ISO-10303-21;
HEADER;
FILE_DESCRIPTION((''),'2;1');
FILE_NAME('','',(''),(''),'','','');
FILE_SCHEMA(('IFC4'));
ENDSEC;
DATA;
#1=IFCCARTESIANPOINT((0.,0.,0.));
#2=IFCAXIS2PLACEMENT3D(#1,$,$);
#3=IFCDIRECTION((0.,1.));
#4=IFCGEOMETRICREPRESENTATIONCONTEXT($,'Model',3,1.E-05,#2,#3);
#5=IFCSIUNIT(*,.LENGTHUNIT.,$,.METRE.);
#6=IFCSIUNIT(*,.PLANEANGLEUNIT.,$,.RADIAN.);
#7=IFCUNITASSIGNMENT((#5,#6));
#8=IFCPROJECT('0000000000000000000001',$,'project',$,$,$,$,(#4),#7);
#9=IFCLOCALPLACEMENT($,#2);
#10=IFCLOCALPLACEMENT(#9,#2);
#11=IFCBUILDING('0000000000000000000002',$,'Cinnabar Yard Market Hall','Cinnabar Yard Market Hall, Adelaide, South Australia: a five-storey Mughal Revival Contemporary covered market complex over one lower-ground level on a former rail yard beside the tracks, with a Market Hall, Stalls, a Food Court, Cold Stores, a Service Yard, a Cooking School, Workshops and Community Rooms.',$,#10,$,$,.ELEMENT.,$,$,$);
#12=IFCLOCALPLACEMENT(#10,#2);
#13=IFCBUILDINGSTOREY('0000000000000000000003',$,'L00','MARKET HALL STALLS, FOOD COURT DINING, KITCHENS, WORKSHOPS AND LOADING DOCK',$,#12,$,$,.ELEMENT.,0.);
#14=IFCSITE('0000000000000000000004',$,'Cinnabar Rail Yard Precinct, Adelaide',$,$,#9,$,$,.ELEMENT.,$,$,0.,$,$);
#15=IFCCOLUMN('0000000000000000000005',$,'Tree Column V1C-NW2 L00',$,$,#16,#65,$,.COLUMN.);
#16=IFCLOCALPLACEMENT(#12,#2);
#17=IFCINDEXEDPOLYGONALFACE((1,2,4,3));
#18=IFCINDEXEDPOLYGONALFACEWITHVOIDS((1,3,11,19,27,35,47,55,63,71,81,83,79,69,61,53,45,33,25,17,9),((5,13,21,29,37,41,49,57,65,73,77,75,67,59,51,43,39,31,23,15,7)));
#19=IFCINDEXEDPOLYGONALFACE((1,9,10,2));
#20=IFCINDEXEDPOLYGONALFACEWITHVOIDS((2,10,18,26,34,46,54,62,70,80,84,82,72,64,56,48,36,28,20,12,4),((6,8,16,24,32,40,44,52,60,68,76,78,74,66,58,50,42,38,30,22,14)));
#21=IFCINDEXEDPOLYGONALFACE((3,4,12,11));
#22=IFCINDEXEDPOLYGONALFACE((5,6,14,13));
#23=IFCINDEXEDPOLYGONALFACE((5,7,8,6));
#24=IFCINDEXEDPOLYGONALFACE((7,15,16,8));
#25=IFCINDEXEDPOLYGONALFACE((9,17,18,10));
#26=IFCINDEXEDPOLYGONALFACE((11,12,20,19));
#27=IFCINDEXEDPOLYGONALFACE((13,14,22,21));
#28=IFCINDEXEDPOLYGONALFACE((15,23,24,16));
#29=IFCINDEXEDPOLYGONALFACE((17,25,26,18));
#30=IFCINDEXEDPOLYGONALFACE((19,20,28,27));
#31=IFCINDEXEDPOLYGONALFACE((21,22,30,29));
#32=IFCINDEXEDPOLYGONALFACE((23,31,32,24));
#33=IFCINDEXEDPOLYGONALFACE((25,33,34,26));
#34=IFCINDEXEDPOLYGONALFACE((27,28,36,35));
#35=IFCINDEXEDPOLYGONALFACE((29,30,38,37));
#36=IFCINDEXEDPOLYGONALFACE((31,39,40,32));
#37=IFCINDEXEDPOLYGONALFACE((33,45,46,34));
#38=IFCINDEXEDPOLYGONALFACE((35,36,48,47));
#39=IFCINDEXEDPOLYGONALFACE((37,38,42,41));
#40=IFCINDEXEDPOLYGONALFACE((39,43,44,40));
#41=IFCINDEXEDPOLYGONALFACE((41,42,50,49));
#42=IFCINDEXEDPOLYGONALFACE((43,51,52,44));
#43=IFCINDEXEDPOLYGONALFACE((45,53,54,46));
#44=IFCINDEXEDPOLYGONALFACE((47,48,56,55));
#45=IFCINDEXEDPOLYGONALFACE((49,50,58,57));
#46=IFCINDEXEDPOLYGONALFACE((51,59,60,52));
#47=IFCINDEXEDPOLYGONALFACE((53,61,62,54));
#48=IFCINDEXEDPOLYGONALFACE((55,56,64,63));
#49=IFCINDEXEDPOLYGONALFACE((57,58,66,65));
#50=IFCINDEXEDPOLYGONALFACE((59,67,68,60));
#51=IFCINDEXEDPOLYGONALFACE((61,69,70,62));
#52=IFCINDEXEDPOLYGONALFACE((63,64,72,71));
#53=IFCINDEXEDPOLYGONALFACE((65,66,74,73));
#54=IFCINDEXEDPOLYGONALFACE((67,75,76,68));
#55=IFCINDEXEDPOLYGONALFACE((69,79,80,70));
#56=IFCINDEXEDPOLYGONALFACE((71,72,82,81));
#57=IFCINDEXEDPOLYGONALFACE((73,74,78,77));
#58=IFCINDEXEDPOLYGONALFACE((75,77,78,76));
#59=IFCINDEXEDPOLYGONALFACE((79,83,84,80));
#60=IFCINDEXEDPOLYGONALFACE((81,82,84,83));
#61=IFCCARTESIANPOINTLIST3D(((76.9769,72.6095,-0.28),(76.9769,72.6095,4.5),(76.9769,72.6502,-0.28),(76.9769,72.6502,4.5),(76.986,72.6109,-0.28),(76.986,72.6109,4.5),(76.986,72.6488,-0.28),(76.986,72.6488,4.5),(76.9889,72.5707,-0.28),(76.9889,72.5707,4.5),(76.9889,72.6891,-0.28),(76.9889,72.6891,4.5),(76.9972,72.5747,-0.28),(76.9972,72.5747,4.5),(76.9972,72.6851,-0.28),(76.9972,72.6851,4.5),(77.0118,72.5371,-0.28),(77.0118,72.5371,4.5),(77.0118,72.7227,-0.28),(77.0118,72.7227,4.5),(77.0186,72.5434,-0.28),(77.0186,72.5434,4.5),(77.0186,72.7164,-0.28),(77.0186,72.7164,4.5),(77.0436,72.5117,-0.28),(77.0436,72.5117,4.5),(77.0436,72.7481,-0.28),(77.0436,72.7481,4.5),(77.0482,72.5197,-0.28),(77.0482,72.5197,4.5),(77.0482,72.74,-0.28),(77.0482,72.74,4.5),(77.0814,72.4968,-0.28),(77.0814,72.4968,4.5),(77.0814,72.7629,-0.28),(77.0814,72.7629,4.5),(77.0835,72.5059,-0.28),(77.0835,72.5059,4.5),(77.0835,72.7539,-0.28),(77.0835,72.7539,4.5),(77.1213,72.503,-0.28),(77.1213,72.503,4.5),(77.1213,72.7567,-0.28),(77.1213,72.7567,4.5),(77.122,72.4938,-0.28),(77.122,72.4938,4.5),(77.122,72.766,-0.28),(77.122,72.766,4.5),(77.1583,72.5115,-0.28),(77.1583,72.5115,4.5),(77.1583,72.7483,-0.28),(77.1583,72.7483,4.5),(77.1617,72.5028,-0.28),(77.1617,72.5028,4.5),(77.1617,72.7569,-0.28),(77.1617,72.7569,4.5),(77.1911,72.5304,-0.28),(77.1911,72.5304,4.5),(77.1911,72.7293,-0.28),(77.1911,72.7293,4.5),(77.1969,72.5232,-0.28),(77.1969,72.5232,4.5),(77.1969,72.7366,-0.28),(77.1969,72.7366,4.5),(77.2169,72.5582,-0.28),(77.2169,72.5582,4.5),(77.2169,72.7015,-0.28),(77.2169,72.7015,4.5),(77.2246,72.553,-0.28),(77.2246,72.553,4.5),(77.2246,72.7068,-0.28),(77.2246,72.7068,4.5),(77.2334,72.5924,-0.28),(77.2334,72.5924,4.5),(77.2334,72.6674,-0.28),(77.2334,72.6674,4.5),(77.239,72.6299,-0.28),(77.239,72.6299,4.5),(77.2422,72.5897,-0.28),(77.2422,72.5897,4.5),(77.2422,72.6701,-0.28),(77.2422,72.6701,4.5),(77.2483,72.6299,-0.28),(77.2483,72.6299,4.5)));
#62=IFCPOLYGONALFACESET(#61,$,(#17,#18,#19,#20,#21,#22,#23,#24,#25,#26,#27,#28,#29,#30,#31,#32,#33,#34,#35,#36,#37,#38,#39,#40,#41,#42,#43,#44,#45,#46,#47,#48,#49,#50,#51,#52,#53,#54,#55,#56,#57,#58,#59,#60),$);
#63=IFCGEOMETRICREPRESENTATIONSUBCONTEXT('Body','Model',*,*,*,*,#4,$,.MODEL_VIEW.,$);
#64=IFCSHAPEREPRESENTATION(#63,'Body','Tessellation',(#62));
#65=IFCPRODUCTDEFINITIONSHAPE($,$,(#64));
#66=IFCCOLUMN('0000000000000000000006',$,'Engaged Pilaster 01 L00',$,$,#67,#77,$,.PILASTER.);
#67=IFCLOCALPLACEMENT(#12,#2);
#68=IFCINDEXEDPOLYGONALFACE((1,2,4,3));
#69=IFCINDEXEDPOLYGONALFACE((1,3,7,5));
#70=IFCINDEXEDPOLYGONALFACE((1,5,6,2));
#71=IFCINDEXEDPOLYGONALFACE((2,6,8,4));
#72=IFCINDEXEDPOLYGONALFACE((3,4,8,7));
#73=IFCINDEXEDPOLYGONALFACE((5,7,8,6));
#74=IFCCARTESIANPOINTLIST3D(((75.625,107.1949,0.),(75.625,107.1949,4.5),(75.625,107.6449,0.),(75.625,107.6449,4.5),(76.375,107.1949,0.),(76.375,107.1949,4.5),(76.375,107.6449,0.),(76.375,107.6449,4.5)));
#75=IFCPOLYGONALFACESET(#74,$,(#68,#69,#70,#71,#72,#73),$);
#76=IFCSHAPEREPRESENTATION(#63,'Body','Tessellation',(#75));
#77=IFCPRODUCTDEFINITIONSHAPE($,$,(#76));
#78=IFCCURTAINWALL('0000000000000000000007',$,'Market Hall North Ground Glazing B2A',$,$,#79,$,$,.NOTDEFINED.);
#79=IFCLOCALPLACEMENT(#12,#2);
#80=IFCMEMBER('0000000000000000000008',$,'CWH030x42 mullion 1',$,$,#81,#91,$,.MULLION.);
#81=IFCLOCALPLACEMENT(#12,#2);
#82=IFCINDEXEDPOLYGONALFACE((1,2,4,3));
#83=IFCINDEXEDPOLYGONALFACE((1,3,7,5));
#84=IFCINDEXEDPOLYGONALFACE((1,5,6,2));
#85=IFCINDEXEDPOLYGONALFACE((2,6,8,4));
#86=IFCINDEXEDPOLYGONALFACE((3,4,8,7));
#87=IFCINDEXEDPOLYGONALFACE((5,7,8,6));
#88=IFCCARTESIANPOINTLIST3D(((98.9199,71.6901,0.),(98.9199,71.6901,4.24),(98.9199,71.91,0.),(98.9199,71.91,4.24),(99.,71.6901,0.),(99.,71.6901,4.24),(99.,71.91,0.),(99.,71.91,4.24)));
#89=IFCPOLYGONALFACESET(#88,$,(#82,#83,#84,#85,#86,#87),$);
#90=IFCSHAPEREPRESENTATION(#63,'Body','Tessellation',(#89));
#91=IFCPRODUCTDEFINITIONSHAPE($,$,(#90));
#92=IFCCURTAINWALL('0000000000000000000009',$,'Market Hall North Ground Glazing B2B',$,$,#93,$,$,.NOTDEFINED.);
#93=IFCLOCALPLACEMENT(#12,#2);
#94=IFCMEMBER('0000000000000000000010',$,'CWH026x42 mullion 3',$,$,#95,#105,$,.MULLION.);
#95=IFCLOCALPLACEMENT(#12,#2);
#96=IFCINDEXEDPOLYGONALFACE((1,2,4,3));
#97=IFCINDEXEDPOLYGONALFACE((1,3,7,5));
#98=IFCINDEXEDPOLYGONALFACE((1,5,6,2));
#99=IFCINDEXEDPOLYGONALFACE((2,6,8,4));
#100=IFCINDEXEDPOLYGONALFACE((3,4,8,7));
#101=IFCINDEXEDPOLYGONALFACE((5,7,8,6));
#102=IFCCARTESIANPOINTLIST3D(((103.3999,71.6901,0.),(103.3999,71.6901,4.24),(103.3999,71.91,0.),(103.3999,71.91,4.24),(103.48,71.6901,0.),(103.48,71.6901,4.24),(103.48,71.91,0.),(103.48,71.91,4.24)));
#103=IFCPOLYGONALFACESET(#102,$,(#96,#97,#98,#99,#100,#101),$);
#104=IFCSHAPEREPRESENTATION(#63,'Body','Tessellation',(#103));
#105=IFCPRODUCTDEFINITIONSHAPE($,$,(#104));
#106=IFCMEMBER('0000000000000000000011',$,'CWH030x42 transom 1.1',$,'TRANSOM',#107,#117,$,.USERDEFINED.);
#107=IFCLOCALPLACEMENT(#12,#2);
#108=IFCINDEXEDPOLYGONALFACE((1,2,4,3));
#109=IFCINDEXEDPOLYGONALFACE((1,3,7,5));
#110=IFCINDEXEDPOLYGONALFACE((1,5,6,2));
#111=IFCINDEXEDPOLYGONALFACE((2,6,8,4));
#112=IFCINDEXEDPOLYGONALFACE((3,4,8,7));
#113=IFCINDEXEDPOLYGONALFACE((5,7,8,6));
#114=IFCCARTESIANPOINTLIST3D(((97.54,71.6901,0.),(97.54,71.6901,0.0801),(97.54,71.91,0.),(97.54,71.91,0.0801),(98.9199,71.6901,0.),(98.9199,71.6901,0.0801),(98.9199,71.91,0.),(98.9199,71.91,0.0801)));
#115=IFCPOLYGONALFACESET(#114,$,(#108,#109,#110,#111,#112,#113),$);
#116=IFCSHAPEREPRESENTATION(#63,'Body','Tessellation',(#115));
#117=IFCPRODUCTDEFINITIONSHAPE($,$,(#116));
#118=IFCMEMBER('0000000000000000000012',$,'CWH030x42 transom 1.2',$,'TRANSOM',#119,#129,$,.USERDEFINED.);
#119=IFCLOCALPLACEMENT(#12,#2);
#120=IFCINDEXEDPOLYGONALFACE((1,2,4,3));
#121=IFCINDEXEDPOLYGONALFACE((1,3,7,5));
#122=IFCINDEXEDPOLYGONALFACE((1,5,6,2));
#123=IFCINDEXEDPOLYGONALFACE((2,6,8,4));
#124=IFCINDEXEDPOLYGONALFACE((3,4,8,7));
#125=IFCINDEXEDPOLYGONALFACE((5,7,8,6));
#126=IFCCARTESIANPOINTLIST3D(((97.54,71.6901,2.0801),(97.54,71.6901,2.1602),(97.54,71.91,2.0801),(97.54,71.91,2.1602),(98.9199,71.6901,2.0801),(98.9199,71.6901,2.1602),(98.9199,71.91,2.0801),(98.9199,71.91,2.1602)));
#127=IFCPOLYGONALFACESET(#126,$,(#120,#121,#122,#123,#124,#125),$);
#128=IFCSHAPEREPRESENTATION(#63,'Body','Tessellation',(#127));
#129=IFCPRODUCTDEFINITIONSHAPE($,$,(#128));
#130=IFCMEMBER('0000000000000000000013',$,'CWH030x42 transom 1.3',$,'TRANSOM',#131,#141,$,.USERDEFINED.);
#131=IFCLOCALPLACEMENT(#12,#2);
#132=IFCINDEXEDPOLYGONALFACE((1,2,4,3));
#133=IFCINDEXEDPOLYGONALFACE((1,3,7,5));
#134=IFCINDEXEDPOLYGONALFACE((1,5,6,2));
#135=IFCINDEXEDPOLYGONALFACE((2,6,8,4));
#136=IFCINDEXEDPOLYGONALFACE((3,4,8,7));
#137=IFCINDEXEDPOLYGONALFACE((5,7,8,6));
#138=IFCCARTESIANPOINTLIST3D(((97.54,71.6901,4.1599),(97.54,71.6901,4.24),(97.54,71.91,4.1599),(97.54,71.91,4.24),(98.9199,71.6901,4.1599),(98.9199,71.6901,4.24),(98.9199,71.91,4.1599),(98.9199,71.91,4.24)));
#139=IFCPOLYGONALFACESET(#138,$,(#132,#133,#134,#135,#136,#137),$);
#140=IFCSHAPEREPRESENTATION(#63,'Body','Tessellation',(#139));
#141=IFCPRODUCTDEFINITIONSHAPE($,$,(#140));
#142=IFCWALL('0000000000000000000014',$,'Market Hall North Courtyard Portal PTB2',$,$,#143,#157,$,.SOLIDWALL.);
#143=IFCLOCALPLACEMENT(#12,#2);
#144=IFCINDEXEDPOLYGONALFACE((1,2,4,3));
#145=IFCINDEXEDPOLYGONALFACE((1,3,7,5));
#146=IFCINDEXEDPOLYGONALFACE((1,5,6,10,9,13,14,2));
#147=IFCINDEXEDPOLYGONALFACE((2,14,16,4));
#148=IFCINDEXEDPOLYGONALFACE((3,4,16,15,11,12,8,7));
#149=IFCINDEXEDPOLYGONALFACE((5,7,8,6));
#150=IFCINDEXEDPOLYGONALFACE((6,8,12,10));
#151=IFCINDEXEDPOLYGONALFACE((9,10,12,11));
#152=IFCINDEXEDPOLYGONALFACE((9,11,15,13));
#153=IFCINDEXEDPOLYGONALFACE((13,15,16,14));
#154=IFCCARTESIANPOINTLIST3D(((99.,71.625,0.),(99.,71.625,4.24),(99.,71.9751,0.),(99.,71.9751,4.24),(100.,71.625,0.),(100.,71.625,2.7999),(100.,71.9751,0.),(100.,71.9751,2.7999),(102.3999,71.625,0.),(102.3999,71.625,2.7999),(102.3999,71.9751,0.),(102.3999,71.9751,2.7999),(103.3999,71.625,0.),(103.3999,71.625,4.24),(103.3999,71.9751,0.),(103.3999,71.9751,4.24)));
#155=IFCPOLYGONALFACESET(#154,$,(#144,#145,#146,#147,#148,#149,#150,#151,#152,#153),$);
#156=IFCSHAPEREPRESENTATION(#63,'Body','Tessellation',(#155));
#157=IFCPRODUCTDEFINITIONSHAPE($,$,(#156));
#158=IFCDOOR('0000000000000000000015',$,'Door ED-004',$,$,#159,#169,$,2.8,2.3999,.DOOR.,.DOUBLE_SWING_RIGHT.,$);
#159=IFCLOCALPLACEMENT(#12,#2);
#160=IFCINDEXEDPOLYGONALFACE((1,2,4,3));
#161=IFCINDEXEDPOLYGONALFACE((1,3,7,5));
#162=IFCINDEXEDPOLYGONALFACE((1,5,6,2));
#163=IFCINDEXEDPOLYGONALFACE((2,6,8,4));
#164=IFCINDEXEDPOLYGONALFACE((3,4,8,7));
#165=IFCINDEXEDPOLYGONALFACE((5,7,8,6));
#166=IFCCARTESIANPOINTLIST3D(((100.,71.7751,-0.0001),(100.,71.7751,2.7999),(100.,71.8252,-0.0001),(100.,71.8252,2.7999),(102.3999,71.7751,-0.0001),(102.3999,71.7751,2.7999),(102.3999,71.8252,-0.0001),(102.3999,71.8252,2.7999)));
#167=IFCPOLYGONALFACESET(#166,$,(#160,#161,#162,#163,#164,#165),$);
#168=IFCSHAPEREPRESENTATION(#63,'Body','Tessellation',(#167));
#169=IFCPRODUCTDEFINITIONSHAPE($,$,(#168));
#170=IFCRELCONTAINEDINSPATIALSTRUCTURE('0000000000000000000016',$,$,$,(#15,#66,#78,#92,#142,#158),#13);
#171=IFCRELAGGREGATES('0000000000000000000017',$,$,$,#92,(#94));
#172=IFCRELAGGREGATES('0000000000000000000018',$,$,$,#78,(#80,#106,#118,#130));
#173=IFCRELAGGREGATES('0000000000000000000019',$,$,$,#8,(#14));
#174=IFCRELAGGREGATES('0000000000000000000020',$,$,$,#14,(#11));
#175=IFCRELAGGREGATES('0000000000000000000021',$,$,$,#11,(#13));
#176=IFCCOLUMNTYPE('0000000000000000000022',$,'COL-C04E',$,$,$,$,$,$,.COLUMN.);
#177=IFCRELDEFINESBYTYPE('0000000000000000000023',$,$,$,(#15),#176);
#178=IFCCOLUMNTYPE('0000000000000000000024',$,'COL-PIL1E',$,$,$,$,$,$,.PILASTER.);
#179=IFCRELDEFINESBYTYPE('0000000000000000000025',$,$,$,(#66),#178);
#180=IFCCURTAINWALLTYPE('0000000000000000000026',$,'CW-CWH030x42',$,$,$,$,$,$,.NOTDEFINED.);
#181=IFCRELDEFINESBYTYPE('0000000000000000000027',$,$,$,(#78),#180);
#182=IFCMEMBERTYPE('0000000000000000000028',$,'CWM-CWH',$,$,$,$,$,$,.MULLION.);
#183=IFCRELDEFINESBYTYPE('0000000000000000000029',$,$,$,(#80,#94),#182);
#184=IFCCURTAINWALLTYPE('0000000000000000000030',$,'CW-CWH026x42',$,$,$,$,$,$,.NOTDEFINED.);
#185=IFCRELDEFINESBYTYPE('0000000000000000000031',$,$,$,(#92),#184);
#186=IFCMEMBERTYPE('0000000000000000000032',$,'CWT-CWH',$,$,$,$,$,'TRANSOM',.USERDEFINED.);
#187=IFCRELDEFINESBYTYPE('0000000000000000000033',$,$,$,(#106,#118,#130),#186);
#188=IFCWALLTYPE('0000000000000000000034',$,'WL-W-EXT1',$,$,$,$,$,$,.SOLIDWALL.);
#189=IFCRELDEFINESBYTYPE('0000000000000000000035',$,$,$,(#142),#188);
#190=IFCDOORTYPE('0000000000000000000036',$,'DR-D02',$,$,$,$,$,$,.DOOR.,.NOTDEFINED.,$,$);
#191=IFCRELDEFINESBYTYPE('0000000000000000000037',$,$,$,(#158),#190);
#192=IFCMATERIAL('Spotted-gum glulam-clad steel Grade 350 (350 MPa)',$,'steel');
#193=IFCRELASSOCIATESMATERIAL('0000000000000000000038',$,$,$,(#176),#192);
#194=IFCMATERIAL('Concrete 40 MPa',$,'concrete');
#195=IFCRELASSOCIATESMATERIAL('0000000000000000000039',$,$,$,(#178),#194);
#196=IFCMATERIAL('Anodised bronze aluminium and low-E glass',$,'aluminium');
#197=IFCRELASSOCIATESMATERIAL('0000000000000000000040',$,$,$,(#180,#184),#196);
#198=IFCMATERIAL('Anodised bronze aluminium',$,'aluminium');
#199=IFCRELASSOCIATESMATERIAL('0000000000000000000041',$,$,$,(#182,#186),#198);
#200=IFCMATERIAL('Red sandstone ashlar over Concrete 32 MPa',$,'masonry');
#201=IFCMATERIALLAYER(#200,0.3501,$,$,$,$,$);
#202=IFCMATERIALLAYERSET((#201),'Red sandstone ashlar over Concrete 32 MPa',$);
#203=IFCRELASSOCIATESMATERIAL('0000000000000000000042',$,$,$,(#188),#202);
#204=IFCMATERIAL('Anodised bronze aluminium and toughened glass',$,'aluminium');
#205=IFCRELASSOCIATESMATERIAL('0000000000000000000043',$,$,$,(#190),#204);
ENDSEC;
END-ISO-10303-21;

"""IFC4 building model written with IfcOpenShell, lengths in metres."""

from ifc_helpers import new_model, si_unit, direction, frame, frame_2d, origin, origin_2d_with_axis, place, context, subcontext, project, spatial, rectangle, hollow_circle, extrude, material, layer, layer_set, material_profile, profile_set, type_object, element, fill, aggregate, save


model = new_model("IFC4")

# Units and contexts
model_context = context("Model", 3, precision=1e-05, world=origin(), true_north=direction((0.0, 1.0)))
body_context = subcontext(model_context, "Body", "Model", "MODEL_VIEW")
ifc_project = project(units=[si_unit("LENGTHUNIT", "METRE"), si_unit("PLANEANGLEUNIT", "RADIAN")], contexts=[model_context])

# Site, building, storey
site_placement = place(None, origin())
site = spatial("IfcSite", under=ifc_project, at=site_placement, Name="Cinnabar Rail Yard Precinct, Adelaide", CompositionType="ELEMENT", RefElevation=0.0)
building_placement = place(site_placement, origin())
building = spatial("IfcBuilding", under=site, at=building_placement, Name="Cinnabar Yard Market Hall", Description="Cinnabar Yard Market Hall, Adelaide, South Australia: a five-storey Mughal Revival Contemporary covered market complex over one lower-ground level on a former rail yard beside the tracks, with a Market Hall, Stalls, a Food Court, Cold Stores, a Service Yard, a Cooking School, Workshops and Community Rooms.", CompositionType="ELEMENT")
storey_placement = place(building_placement, origin())
storey = spatial("IfcBuildingStorey", under=building, at=storey_placement, Name="L00", Description="MARKET HALL STALLS, FOOD COURT DINING, KITCHENS, WORKSHOPS AND LOADING DOCK", CompositionType="ELEMENT", Elevation=0.0)

# Shared definitions
ifc_material_1 = material(Name="Concrete 40 MPa", Category="concrete")

# Columns
ifc_material_2 = material(Name="Spotted-gum glulam-clad steel Grade 350 (350 MPa)", Category="steel")
ifc_material_profile_1 = material_profile(ifc_material_2, hollow_circle(Radius=0.1365, WallThickness=0.0093, at=origin_2d_with_axis()), Name="273.1x9.3CHS")
ifc_profile_set_1 = profile_set([ifc_material_profile_1], Name="Spotted-gum glulam-clad steel Grade 350 (350 MPa)")
column_type_1 = type_object("IfcColumnType", Name="COL-C04E", PredefinedType="COLUMN", material=ifc_profile_set_1)
column_1_placement = place(storey_placement, frame((77.1118, 72.6299, -0.28), z_axis=(0.0, 0.0, 1.0), x_axis=(1.0, 0.0, 0.0)))
element("IfcColumn", 1, at=column_1_placement, inside=storey, type_object=column_type_1, Name="Tree Column V1C-NW2 L00", PredefinedType="COLUMN", context=body_context, shape_type="SweptSolid", body=[
    extrude(hollow_circle(Radius=0.1365, WallThickness=0.0093, at=origin_2d_with_axis()), origin(), (0.0, 0.0, 1.0), 4.78),
])
ifc_material_profile_2 = material_profile(ifc_material_1, rectangle(XDim=0.75, YDim=0.45, at=origin_2d_with_axis()), Name="RC-750x450")
ifc_profile_set_2 = profile_set([ifc_material_profile_2], Name="Concrete 40 MPa")
column_type_2 = type_object("IfcColumnType", Name="COL-PIL1E", PredefinedType="PILASTER", material=ifc_profile_set_2)
column_2_placement = place(storey_placement, frame((76.0, 107.4199, 0.0), z_axis=(0.0, 0.0, 1.0), x_axis=(1.0, 0.0, 0.0)))
element("IfcColumn", 2, at=column_2_placement, inside=storey, type_object=column_type_2, Name="Engaged Pilaster 01 L00", PredefinedType="PILASTER", context=body_context, shape_type="SweptSolid", body=[
    extrude(rectangle(XDim=0.75, YDim=0.45, at=origin_2d_with_axis()), origin(), (0.0, 0.0, 1.0), 4.5),
])

# Curtain walls, members
ifc_material_3 = material(Name="Anodised bronze aluminium and low-E glass", Category="aluminium")
curtain_wall_type_1 = type_object("IfcCurtainWallType", Name="CW-CWH030x42", PredefinedType="NOTDEFINED", material=ifc_material_3)
curtain_wall_1_placement = place(storey_placement, origin())
curtain_wall_1 = element("IfcCurtainWall", 3, at=curtain_wall_1_placement, inside=storey, type_object=curtain_wall_type_1, Name="Market Hall North Ground Glazing B2A", PredefinedType="NOTDEFINED")
ifc_material_4 = material(Name="Anodised bronze aluminium", Category="aluminium")
ifc_material_profile_3 = material_profile(ifc_material_4, rectangle(XDim=0.22, YDim=0.0801, at=origin_2d_with_axis()), Name="MUL-CWH")
ifc_profile_set_3 = profile_set([ifc_material_profile_3], Name="Anodised bronze aluminium")
member_type_1 = type_object("IfcMemberType", Name="CWM-CWH", PredefinedType="MULLION", material=ifc_profile_set_3)
member_1_placement = place(storey_placement, frame((98.96, 71.8, 0.0), z_axis=(0.0, 0.0, 1.0), x_axis=(0.0, -1.0, 0.0)))
member_1 = element("IfcMember", 4, at=member_1_placement, type_object=member_type_1, Name="CWH030x42 mullion 1", PredefinedType="MULLION", context=body_context, shape_type="SweptSolid", body=[
    extrude(rectangle(XDim=0.22, YDim=0.0801, at=origin_2d_with_axis()), origin(), (0.0, 0.0, 1.0), 4.24),
])
curtain_wall_type_2 = type_object("IfcCurtainWallType", Name="CW-CWH026x42", PredefinedType="NOTDEFINED", material=ifc_material_3)
curtain_wall_2_placement = place(storey_placement, origin())
curtain_wall_2 = element("IfcCurtainWall", 5, at=curtain_wall_2_placement, inside=storey, type_object=curtain_wall_type_2, Name="Market Hall North Ground Glazing B2B", PredefinedType="NOTDEFINED")
member_2_placement = place(storey_placement, frame((103.4399, 71.8, 0.0), z_axis=(0.0, 0.0, 1.0), x_axis=(0.0, -1.0, 0.0)))
member_2 = element("IfcMember", 6, at=member_2_placement, type_object=member_type_1, Name="CWH026x42 mullion 3", PredefinedType="MULLION", context=body_context, shape_type="SweptSolid", body=[
    extrude(rectangle(XDim=0.22, YDim=0.0801, at=origin_2d_with_axis()), origin(), (0.0, 0.0, 1.0), 4.24),
])
aggregate(curtain_wall_2, [member_2])

# Members
ifc_material_profile_4 = material_profile(ifc_material_4, rectangle(XDim=0.22, YDim=0.0801, at=origin_2d_with_axis()), Name="TRN-CWH")
ifc_profile_set_4 = profile_set([ifc_material_profile_4], Name="Anodised bronze aluminium")
member_type_2 = type_object("IfcMemberType", Name="CWT-CWH", ElementType="TRANSOM", PredefinedType="USERDEFINED", material=ifc_profile_set_4)
member_3_placement = place(storey_placement, frame((98.9199, 71.8, 0.04), z_axis=(-1.0, 0.0, 0.0), x_axis=(0.0, -1.0, 0.0)))
member_3 = element("IfcMember", 7, at=member_3_placement, type_object=member_type_2, Name="CWH030x42 transom 1.1", ObjectType="TRANSOM", PredefinedType="USERDEFINED", context=body_context, shape_type="SweptSolid", body=[
    extrude(rectangle(XDim=0.22, YDim=0.0801, at=origin_2d_with_axis()), origin(), (0.0, 0.0, 1.0), 1.3799),
])
member_4_placement = place(storey_placement, frame((98.9199, 71.8, 2.1201), z_axis=(-1.0, 0.0, 0.0), x_axis=(0.0, -1.0, 0.0)))
member_4 = element("IfcMember", 8, at=member_4_placement, type_object=member_type_2, Name="CWH030x42 transom 1.2", ObjectType="TRANSOM", PredefinedType="USERDEFINED", context=body_context, shape_type="SweptSolid", body=[
    extrude(rectangle(XDim=0.22, YDim=0.0801, at=origin_2d_with_axis()), origin(), (0.0, 0.0, 1.0), 1.3799),
])
member_5_placement = place(storey_placement, frame((98.9199, 71.8, 4.2), z_axis=(-1.0, 0.0, 0.0), x_axis=(0.0, -1.0, 0.0)))
member_5 = element("IfcMember", 9, at=member_5_placement, type_object=member_type_2, Name="CWH030x42 transom 1.3", ObjectType="TRANSOM", PredefinedType="USERDEFINED", context=body_context, shape_type="SweptSolid", body=[
    extrude(rectangle(XDim=0.22, YDim=0.0801, at=origin_2d_with_axis()), origin(), (0.0, 0.0, 1.0), 1.3799),
])
aggregate(curtain_wall_1, [member_1, member_3, member_4, member_5])

# Wall, opening, door
ifc_material_5 = material(Name="Red sandstone ashlar over Concrete 32 MPa", Category="masonry")
ifc_layer_1 = layer(ifc_material_5, 0.3501)
ifc_layer_set_1 = layer_set([ifc_layer_1], Name="Red sandstone ashlar over Concrete 32 MPa")
wall_type = type_object("IfcWallType", Name="WL-W-EXT1", PredefinedType="SOLIDWALL", material=ifc_layer_set_1)
wall_placement = place(storey_placement, frame((103.3999, 71.8, 0.0), z_axis=(0.0, 0.0, 1.0), x_axis=(-1.0, 0.0, 0.0)))
wall = element("IfcWall", 10, at=wall_placement, inside=storey, type_object=wall_type, Name="Market Hall North Courtyard Portal PTB2", PredefinedType="SOLIDWALL", context=body_context, shape_type="SweptSolid", body=[
    extrude(rectangle(XDim=4.3999, YDim=0.3501, at=frame_2d((2.2, 0.0), x_axis=(1.0, 0.0))), origin(), (0.0, 0.0, 1.0), 4.24),
])
opening_placement = place(wall_placement, frame((1.0, 0.0, 0.0)))
opening = element("IfcOpeningElement", 11, at=opening_placement, cuts=wall, PredefinedType="OPENING", context=body_context, shape_type="SweptSolid", body=[
    extrude(rectangle(XDim=2.3999, YDim=2.8, at=frame_2d((1.2, 1.3999), x_axis=(1.0, 0.0))), frame((0.0, 0.1851, 0.0), z_axis=(0.0, -1.0, 0.0), x_axis=(1.0, 0.0, 0.0)), (0.0, 0.0, 1.0), 0.3701),
])
ifc_material_6 = material(Name="Anodised bronze aluminium and toughened glass", Category="aluminium")
door_type = type_object("IfcDoorType", Name="DR-D02", OperationType="NOTDEFINED", PredefinedType="DOOR", material=ifc_material_6)
door_placement = place(opening_placement, origin())
door = element("IfcDoor", 12, at=door_placement, inside=storey, type_object=door_type, Name="Door ED-004", OperationType="DOUBLE_SWING_RIGHT", OverallHeight=2.8, OverallWidth=2.3999, PredefinedType="DOOR", context=body_context, shape_type="SweptSolid", body=[
    extrude(rectangle(XDim=2.3999, YDim=2.8, at=frame_2d((1.2, 1.3999), x_axis=(1.0, 0.0))), frame((0.0, 0.0249, 0.0), z_axis=(0.0, -1.0, 0.0), x_axis=(1.0, 0.0, 0.0)), (0.0, 0.0, 1.0), 0.05),
])
fill(opening, door)

save(model, "model.ifc")
